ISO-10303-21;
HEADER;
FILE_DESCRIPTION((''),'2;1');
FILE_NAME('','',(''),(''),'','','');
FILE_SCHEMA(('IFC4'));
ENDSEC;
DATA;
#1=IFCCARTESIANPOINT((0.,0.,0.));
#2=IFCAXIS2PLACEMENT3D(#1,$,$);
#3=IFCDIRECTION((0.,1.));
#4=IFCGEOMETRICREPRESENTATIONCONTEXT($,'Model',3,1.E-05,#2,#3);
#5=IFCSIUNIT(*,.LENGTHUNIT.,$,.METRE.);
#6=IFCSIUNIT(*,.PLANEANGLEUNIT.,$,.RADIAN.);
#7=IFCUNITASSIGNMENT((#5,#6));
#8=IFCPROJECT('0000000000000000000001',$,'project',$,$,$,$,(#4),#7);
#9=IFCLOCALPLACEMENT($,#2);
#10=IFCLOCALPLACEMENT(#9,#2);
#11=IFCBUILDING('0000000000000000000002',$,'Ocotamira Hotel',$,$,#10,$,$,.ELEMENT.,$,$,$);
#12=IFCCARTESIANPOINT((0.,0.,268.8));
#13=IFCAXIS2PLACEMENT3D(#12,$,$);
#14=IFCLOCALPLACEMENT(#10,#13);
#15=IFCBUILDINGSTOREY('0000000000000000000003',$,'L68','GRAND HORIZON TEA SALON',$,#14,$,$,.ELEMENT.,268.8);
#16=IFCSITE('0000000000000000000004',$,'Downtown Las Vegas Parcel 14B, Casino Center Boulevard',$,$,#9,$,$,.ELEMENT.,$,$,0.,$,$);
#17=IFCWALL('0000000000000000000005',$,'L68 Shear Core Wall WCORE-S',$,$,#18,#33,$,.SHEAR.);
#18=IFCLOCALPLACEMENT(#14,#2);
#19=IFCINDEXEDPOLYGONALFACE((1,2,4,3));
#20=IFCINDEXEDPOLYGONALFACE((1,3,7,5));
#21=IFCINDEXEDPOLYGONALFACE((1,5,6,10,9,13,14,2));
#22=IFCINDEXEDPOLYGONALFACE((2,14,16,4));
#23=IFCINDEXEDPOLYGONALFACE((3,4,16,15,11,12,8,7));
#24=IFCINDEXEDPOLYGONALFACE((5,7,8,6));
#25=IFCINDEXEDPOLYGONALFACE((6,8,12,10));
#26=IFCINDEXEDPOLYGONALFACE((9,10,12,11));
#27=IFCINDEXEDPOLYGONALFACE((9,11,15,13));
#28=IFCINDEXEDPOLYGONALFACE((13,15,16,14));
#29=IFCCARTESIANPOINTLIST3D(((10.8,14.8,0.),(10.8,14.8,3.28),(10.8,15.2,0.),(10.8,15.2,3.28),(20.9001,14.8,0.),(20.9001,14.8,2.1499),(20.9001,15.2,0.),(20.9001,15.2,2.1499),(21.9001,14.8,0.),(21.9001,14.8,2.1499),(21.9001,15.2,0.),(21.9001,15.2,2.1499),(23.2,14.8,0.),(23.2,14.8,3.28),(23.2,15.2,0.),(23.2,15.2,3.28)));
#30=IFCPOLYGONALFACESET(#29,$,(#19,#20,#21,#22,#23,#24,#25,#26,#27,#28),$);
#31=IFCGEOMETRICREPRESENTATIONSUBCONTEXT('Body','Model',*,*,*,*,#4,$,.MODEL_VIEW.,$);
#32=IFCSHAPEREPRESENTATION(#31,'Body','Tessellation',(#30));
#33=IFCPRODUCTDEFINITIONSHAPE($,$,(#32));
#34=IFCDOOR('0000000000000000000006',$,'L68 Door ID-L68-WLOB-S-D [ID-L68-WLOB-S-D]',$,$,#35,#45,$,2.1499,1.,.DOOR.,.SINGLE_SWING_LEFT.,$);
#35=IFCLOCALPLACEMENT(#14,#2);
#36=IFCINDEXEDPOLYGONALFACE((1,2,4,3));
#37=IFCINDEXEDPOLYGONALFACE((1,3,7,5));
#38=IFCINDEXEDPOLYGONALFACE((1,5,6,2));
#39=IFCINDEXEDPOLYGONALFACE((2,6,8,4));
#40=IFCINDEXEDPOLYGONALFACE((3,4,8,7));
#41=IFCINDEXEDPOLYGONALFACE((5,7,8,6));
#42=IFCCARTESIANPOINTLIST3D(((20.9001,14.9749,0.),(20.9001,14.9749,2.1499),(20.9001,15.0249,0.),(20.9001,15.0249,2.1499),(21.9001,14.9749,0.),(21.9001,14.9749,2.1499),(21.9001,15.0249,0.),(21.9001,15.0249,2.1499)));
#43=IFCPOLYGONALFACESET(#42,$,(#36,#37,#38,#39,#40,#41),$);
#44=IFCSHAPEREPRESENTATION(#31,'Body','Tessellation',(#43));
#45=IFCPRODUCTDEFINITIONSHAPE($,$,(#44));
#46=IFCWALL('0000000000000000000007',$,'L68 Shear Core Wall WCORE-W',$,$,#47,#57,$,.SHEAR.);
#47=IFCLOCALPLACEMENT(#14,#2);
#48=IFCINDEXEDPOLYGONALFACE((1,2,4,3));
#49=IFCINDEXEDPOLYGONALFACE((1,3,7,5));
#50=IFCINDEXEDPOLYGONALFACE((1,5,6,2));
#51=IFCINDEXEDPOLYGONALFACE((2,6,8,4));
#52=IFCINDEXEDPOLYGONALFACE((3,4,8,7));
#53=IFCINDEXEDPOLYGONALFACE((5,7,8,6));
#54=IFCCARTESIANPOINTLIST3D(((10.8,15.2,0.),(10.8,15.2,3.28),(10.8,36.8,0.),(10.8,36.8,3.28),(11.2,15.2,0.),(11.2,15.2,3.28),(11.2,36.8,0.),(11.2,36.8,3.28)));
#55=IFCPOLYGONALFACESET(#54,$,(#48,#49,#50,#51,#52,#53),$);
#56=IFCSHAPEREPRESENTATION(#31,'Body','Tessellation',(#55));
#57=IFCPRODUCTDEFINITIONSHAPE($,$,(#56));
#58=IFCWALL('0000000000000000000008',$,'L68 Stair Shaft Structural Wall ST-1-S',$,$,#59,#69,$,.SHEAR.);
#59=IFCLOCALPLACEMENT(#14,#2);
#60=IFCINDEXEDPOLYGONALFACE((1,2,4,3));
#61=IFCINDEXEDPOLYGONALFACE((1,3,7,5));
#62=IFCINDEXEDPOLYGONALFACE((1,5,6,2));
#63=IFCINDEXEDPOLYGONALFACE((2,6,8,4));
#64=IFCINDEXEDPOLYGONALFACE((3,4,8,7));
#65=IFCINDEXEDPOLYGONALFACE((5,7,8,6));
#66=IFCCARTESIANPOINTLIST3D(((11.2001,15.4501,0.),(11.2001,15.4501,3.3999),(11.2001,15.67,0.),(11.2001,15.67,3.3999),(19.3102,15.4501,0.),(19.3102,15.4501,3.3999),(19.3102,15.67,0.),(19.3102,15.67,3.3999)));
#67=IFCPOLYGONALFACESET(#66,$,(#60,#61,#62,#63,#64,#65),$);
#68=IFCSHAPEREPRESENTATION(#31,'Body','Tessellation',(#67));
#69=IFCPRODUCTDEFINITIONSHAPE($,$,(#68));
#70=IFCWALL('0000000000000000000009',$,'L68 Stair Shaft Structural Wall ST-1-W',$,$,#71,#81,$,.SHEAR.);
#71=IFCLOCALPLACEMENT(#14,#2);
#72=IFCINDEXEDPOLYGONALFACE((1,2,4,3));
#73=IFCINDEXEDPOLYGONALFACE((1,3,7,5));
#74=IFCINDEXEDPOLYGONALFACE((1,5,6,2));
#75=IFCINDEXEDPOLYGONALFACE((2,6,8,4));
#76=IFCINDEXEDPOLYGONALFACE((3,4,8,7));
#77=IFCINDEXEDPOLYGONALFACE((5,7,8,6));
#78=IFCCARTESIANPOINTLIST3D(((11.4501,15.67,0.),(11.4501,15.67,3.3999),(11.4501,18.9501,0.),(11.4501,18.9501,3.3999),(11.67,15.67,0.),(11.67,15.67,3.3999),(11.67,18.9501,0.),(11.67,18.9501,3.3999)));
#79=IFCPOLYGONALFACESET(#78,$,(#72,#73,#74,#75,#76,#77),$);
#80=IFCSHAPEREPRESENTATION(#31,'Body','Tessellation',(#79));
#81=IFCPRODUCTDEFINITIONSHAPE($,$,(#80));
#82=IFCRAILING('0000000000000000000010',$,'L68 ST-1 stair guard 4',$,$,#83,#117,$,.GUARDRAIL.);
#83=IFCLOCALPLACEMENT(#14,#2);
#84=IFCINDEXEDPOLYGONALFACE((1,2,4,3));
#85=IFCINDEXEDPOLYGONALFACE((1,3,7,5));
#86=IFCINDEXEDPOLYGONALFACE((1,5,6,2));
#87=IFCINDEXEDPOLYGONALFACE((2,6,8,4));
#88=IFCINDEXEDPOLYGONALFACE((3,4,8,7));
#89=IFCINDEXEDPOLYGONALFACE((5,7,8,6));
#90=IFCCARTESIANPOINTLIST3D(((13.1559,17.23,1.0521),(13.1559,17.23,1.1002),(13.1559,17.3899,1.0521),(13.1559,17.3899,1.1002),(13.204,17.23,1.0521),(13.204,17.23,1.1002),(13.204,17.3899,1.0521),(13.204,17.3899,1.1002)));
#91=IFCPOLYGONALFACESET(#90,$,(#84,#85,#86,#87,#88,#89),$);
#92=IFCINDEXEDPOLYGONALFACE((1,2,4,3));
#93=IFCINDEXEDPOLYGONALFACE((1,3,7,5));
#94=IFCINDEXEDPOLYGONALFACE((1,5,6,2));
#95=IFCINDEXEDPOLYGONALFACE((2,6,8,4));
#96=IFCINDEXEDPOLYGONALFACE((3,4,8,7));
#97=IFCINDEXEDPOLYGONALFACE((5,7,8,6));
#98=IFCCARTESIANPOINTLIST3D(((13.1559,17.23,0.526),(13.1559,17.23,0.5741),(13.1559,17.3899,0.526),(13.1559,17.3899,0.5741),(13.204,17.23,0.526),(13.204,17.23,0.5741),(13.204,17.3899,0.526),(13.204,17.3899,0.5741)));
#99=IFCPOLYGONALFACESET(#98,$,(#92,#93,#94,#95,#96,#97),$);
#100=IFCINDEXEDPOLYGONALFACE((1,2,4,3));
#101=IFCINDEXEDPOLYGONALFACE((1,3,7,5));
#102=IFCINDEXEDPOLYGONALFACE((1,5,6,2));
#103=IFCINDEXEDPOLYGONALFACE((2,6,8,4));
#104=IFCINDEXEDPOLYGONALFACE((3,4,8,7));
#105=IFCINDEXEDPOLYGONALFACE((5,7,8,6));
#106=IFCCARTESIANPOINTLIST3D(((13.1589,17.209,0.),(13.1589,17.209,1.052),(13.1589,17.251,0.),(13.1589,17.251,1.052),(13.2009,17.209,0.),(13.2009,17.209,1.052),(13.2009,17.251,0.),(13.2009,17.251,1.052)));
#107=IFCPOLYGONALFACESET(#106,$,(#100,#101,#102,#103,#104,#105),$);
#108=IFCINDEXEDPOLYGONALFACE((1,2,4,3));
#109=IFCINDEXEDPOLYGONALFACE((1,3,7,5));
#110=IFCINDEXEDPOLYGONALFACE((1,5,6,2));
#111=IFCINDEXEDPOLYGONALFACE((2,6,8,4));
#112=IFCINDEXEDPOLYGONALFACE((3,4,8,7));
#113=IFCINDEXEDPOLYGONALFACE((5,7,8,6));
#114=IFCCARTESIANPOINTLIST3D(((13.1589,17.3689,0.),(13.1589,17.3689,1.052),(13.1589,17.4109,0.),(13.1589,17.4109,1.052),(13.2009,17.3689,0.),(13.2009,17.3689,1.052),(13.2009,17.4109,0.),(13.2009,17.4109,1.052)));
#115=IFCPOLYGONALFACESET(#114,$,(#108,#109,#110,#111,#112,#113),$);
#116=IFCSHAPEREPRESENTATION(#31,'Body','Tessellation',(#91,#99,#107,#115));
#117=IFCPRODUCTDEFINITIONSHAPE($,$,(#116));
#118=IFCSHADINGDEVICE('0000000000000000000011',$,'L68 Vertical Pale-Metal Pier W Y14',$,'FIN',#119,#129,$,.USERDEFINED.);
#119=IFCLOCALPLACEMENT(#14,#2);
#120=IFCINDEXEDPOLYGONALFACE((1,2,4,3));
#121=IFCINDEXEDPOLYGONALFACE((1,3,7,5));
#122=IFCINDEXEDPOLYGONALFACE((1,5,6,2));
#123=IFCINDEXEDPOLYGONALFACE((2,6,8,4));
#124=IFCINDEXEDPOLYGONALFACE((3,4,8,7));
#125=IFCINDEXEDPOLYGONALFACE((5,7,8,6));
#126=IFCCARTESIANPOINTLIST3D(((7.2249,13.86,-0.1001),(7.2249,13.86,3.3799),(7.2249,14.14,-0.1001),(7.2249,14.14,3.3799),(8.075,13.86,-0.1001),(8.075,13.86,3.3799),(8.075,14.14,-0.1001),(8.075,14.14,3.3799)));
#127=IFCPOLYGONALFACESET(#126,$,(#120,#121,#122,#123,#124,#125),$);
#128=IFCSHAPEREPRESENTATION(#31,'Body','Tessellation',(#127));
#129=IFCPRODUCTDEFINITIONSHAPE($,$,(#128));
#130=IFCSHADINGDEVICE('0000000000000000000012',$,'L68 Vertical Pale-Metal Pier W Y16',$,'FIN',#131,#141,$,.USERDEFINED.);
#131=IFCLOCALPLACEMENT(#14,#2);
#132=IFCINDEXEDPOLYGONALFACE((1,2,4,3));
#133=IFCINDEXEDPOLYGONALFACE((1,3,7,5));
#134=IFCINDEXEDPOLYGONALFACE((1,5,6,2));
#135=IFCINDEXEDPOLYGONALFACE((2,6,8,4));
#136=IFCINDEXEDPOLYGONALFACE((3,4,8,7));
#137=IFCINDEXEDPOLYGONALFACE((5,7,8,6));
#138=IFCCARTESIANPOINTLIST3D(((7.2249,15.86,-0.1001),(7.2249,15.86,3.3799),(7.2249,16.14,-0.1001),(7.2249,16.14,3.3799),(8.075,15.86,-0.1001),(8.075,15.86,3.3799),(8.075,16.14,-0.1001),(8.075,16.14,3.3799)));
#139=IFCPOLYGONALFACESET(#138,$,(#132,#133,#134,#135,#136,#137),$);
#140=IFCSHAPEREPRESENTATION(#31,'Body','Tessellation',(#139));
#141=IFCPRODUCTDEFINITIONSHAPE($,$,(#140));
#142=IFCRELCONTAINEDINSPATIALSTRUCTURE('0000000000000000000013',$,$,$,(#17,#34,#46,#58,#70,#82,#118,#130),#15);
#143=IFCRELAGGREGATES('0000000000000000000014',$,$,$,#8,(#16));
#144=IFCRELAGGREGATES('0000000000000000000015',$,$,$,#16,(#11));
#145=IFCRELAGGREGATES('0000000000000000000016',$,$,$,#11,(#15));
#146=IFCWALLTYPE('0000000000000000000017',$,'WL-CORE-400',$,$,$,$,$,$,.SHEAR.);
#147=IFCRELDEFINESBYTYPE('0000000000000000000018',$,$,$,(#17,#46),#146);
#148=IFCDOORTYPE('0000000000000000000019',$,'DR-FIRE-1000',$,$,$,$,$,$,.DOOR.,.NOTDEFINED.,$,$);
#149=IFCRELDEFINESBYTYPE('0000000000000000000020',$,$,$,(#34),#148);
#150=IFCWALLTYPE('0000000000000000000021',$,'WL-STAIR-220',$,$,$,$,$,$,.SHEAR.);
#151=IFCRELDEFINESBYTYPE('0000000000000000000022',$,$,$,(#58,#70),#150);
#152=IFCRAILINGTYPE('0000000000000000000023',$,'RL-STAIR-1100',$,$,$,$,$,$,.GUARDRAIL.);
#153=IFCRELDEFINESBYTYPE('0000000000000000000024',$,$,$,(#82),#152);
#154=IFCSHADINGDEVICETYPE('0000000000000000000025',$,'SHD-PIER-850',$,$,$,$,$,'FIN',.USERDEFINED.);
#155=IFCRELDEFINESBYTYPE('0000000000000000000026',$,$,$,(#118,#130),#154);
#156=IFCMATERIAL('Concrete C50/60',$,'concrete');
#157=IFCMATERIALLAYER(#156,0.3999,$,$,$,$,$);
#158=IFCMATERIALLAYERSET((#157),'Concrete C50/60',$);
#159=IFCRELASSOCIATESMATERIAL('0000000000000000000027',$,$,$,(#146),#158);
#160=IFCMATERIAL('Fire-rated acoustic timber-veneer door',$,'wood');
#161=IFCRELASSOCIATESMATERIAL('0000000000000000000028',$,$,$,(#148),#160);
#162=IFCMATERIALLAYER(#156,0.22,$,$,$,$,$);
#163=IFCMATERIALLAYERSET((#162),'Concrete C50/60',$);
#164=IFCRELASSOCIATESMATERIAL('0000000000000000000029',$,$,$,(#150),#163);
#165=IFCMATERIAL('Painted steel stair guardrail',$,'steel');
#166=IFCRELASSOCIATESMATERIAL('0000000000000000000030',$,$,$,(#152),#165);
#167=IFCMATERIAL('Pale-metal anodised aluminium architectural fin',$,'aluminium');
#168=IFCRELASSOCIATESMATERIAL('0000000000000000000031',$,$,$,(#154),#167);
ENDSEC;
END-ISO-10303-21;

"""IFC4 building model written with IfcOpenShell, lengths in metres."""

from ifc_helpers import new_model, si_unit, direction, frame, frame_2d, origin, origin_2d, place, context, subcontext, project, spatial, rectangle, extrude, source, transform, mapped, material, layer, layer_set, type_object, element, fill, save


model = new_model("IFC4")

# Units and contexts
model_context = context("Model", 3, precision=1e-05, world=origin(), true_north=direction((0.0, 1.0)))
body_context = subcontext(model_context, "Body", "Model", "MODEL_VIEW")
ifc_project = project(units=[si_unit("LENGTHUNIT", "METRE"), si_unit("PLANEANGLEUNIT", "RADIAN")], contexts=[model_context])

# Site, building, storey
site_placement = place(None, origin())
site = spatial("IfcSite", under=ifc_project, at=site_placement, Name="Downtown Las Vegas Parcel 14B, Casino Center Boulevard", CompositionType="ELEMENT", RefElevation=0.0)
building_placement = place(site_placement, origin())
building = spatial("IfcBuilding", under=site, at=building_placement, Name="Ocotamira Hotel", CompositionType="ELEMENT")
storey_placement = place(building_placement, frame((0.0, 0.0, 268.8)))
storey = spatial("IfcBuildingStorey", under=building, at=storey_placement, Name="L68", Description="GRAND HORIZON TEA SALON", CompositionType="ELEMENT", Elevation=268.8)

# Wall, opening, door
ifc_material_1 = material(Name="Concrete C50/60", Category="concrete")
ifc_layer_1 = layer(ifc_material_1, 0.3999)
ifc_layer_set_1 = layer_set([ifc_layer_1], Name="Concrete C50/60")
wall_type_1 = type_object("IfcWallType", Name="WL-CORE-400", PredefinedType="SHEAR", material=ifc_layer_set_1)
wall_1_placement = place(storey_placement, frame((10.8, 15.0, 0.0), z_axis=(0.0, 0.0, 1.0), x_axis=(1.0, 0.0, 0.0)))
wall_1 = element("IfcWall", 1, at=wall_1_placement, inside=storey, type_object=wall_type_1, Name="L68 Shear Core Wall WCORE-S", PredefinedType="SHEAR", context=body_context, shape_type="SweptSolid", body=[
    extrude(rectangle(XDim=12.3999, YDim=0.3999, at=frame_2d((6.2, 0.0))), origin(), (0.0, 0.0, 1.0), 3.28),
])
opening_1_placement = place(wall_1_placement, frame((10.1001, 0.0, 0.0)))
opening_1 = element("IfcOpeningElement", 2, at=opening_1_placement, cuts=wall_1, PredefinedType="OPENING", context=body_context, shape_type="SweptSolid", body=[
    extrude(rectangle(XDim=1.0, YDim=2.1499, at=frame_2d((0.5, 1.075))), frame((0.0, 0.21, 0.0), z_axis=(0.0, -1.0, 0.0), x_axis=(1.0, 0.0, 0.0)), (0.0, 0.0, 1.0), 0.4199),
])
ifc_material_2 = material(Name="Fire-rated acoustic timber-veneer door", Category="wood")
door_type_1 = type_object("IfcDoorType", Name="DR-FIRE-1000", OperationType="NOTDEFINED", PredefinedType="DOOR", material=ifc_material_2)
shared_shape_1 = source(origin(), body_context, "Body", "SweptSolid", [
    extrude(rectangle(XDim=1.0, YDim=2.1499, at=frame_2d((0.5, 1.075))), frame((0.0, 0.0249, 0.0), z_axis=(0.0, -1.0, 0.0), x_axis=(1.0, 0.0, 0.0)), (0.0, 0.0, 1.0), 0.05),
])
door_1_placement = place(opening_1_placement, origin())
door_1 = element("IfcDoor", 3, at=door_1_placement, inside=storey, type_object=door_type_1, Name="L68 Door ID-L68-WLOB-S-D [ID-L68-WLOB-S-D]", OperationType="SINGLE_SWING_LEFT", OverallHeight=2.1499, OverallWidth=1.0, PredefinedType="DOOR", context=body_context, shape_type="MappedRepresentation", body=[
    mapped(shared_shape_1, transform((0.0, 0.0, 0.0), scale=1.0)),
])
fill(opening_1, door_1)

# Wall
wall_2_placement = place(storey_placement, frame((11.0, 15.2, 0.0), z_axis=(0.0, 0.0, 1.0), x_axis=(0.0, 1.0, 0.0)))
element("IfcWall", 4, at=wall_2_placement, inside=storey, type_object=wall_type_1, Name="L68 Shear Core Wall WCORE-W", PredefinedType="SHEAR", context=body_context, shape_type="SweptSolid", body=[
    extrude(rectangle(XDim=21.6001, YDim=0.3999, at=frame_2d((10.8, 0.0))), origin(), (0.0, 0.0, 1.0), 3.28),
])

# Walls
ifc_layer_2 = layer(ifc_material_1, 0.22)
ifc_layer_set_2 = layer_set([ifc_layer_2], Name="Concrete C50/60")
wall_type_2 = type_object("IfcWallType", Name="WL-STAIR-220", PredefinedType="SHEAR", material=ifc_layer_set_2)
wall_3_placement = place(storey_placement, frame((11.2, 15.5601, 0.0), z_axis=(0.0, 0.0, 1.0), x_axis=(1.0, 0.0, 0.0)))
element("IfcWall", 5, at=wall_3_placement, inside=storey, type_object=wall_type_2, Name="L68 Stair Shaft Structural Wall ST-1-S", PredefinedType="SHEAR", context=body_context, shape_type="SweptSolid", body=[
    extrude(rectangle(XDim=8.1101, YDim=0.22, at=frame_2d((4.0552, 0.0))), origin(), (0.0, 0.0, 1.0), 3.3999),
])
wall_4_placement = place(storey_placement, frame((11.5601, 15.6699, 0.0), z_axis=(0.0, 0.0, 1.0), x_axis=(0.0, 1.0, 0.0)))
element("IfcWall", 6, at=wall_4_placement, inside=storey, type_object=wall_type_2, Name="L68 Stair Shaft Structural Wall ST-1-W", PredefinedType="SHEAR", context=body_context, shape_type="SweptSolid", body=[
    extrude(rectangle(XDim=3.28, YDim=0.22, at=frame_2d((1.6401, 0.0))), origin(), (0.0, 0.0, 1.0), 3.3999),
])

# Railing
ifc_material_3 = material(Name="Painted steel stair guardrail", Category="steel")
railing_type = type_object("IfcRailingType", Name="RL-STAIR-1100", PredefinedType="GUARDRAIL", material=ifc_material_3)
railing_placement = place(storey_placement, frame((13.1799, 17.23, 0.0)))
element("IfcRailing", 7, at=railing_placement, inside=storey, type_object=railing_type, Name="L68 ST-1 stair guard 4", PredefinedType="GUARDRAIL", context=body_context, shape_type="SweptSolid", body=[
    extrude(rectangle(XDim=0.0481, YDim=0.0481, at=origin_2d()), frame((0.0, 0.0, 1.0762), z_axis=(0.0, 1.0, 0.0), x_axis=(-1.0, 0.0, 0.0)), (0.0, 0.0, 1.0), 0.1599),
    extrude(rectangle(XDim=0.0481, YDim=0.0481, at=origin_2d()), frame((0.0, 0.0, 0.55), z_axis=(0.0, 1.0, 0.0), x_axis=(-1.0, 0.0, 0.0)), (0.0, 0.0, 1.0), 0.1599),
    extrude(rectangle(XDim=0.042, YDim=0.042, at=origin_2d()), origin(), (0.0, 0.0, 1.0), 1.052),
    extrude(rectangle(XDim=0.042, YDim=0.042, at=origin_2d()), frame((0.0, 0.1599, 0.0)), (0.0, 0.0, 1.0), 1.052),
])

# Shading devices
ifc_material_4 = material(Name="Pale-metal anodised aluminium architectural fin", Category="aluminium")
shading_device_type = type_object("IfcShadingDeviceType", Name="SHD-PIER-850", ElementType="FIN", PredefinedType="USERDEFINED", material=ifc_material_4)
shared_shape_2 = source(origin(), body_context, "Body", "SweptSolid", [
    extrude(rectangle(XDim=0.8501, YDim=0.28, at=origin_2d()), origin(), (0.0, 0.0, 1.0), 3.48),
])
for number, where, z_axis, x_axis, name in (
    (8, (7.6499, 14.0, -0.1001), (0.0, 0.0, 1.0), (1.0, 0.0, 0.0), "L68 Vertical Pale-Metal Pier W Y14"),
    (9, (7.6499, 16.0, -0.1001), (0.0, 0.0, 1.0), (1.0, 0.0, 0.0), "L68 Vertical Pale-Metal Pier W Y16"),
):
    element("IfcShadingDevice", number, at=place(storey_placement, frame(where, z_axis=z_axis, x_axis=x_axis)), inside=storey, type_object=shading_device_type, Name=name, ObjectType="FIN", PredefinedType="USERDEFINED", context=body_context, shape_type="MappedRepresentation", body=[
        mapped(shared_shape_2, transform((0.0, 0.0, 0.0), scale=1.0)),
    ])

save(model, "model.ifc")
